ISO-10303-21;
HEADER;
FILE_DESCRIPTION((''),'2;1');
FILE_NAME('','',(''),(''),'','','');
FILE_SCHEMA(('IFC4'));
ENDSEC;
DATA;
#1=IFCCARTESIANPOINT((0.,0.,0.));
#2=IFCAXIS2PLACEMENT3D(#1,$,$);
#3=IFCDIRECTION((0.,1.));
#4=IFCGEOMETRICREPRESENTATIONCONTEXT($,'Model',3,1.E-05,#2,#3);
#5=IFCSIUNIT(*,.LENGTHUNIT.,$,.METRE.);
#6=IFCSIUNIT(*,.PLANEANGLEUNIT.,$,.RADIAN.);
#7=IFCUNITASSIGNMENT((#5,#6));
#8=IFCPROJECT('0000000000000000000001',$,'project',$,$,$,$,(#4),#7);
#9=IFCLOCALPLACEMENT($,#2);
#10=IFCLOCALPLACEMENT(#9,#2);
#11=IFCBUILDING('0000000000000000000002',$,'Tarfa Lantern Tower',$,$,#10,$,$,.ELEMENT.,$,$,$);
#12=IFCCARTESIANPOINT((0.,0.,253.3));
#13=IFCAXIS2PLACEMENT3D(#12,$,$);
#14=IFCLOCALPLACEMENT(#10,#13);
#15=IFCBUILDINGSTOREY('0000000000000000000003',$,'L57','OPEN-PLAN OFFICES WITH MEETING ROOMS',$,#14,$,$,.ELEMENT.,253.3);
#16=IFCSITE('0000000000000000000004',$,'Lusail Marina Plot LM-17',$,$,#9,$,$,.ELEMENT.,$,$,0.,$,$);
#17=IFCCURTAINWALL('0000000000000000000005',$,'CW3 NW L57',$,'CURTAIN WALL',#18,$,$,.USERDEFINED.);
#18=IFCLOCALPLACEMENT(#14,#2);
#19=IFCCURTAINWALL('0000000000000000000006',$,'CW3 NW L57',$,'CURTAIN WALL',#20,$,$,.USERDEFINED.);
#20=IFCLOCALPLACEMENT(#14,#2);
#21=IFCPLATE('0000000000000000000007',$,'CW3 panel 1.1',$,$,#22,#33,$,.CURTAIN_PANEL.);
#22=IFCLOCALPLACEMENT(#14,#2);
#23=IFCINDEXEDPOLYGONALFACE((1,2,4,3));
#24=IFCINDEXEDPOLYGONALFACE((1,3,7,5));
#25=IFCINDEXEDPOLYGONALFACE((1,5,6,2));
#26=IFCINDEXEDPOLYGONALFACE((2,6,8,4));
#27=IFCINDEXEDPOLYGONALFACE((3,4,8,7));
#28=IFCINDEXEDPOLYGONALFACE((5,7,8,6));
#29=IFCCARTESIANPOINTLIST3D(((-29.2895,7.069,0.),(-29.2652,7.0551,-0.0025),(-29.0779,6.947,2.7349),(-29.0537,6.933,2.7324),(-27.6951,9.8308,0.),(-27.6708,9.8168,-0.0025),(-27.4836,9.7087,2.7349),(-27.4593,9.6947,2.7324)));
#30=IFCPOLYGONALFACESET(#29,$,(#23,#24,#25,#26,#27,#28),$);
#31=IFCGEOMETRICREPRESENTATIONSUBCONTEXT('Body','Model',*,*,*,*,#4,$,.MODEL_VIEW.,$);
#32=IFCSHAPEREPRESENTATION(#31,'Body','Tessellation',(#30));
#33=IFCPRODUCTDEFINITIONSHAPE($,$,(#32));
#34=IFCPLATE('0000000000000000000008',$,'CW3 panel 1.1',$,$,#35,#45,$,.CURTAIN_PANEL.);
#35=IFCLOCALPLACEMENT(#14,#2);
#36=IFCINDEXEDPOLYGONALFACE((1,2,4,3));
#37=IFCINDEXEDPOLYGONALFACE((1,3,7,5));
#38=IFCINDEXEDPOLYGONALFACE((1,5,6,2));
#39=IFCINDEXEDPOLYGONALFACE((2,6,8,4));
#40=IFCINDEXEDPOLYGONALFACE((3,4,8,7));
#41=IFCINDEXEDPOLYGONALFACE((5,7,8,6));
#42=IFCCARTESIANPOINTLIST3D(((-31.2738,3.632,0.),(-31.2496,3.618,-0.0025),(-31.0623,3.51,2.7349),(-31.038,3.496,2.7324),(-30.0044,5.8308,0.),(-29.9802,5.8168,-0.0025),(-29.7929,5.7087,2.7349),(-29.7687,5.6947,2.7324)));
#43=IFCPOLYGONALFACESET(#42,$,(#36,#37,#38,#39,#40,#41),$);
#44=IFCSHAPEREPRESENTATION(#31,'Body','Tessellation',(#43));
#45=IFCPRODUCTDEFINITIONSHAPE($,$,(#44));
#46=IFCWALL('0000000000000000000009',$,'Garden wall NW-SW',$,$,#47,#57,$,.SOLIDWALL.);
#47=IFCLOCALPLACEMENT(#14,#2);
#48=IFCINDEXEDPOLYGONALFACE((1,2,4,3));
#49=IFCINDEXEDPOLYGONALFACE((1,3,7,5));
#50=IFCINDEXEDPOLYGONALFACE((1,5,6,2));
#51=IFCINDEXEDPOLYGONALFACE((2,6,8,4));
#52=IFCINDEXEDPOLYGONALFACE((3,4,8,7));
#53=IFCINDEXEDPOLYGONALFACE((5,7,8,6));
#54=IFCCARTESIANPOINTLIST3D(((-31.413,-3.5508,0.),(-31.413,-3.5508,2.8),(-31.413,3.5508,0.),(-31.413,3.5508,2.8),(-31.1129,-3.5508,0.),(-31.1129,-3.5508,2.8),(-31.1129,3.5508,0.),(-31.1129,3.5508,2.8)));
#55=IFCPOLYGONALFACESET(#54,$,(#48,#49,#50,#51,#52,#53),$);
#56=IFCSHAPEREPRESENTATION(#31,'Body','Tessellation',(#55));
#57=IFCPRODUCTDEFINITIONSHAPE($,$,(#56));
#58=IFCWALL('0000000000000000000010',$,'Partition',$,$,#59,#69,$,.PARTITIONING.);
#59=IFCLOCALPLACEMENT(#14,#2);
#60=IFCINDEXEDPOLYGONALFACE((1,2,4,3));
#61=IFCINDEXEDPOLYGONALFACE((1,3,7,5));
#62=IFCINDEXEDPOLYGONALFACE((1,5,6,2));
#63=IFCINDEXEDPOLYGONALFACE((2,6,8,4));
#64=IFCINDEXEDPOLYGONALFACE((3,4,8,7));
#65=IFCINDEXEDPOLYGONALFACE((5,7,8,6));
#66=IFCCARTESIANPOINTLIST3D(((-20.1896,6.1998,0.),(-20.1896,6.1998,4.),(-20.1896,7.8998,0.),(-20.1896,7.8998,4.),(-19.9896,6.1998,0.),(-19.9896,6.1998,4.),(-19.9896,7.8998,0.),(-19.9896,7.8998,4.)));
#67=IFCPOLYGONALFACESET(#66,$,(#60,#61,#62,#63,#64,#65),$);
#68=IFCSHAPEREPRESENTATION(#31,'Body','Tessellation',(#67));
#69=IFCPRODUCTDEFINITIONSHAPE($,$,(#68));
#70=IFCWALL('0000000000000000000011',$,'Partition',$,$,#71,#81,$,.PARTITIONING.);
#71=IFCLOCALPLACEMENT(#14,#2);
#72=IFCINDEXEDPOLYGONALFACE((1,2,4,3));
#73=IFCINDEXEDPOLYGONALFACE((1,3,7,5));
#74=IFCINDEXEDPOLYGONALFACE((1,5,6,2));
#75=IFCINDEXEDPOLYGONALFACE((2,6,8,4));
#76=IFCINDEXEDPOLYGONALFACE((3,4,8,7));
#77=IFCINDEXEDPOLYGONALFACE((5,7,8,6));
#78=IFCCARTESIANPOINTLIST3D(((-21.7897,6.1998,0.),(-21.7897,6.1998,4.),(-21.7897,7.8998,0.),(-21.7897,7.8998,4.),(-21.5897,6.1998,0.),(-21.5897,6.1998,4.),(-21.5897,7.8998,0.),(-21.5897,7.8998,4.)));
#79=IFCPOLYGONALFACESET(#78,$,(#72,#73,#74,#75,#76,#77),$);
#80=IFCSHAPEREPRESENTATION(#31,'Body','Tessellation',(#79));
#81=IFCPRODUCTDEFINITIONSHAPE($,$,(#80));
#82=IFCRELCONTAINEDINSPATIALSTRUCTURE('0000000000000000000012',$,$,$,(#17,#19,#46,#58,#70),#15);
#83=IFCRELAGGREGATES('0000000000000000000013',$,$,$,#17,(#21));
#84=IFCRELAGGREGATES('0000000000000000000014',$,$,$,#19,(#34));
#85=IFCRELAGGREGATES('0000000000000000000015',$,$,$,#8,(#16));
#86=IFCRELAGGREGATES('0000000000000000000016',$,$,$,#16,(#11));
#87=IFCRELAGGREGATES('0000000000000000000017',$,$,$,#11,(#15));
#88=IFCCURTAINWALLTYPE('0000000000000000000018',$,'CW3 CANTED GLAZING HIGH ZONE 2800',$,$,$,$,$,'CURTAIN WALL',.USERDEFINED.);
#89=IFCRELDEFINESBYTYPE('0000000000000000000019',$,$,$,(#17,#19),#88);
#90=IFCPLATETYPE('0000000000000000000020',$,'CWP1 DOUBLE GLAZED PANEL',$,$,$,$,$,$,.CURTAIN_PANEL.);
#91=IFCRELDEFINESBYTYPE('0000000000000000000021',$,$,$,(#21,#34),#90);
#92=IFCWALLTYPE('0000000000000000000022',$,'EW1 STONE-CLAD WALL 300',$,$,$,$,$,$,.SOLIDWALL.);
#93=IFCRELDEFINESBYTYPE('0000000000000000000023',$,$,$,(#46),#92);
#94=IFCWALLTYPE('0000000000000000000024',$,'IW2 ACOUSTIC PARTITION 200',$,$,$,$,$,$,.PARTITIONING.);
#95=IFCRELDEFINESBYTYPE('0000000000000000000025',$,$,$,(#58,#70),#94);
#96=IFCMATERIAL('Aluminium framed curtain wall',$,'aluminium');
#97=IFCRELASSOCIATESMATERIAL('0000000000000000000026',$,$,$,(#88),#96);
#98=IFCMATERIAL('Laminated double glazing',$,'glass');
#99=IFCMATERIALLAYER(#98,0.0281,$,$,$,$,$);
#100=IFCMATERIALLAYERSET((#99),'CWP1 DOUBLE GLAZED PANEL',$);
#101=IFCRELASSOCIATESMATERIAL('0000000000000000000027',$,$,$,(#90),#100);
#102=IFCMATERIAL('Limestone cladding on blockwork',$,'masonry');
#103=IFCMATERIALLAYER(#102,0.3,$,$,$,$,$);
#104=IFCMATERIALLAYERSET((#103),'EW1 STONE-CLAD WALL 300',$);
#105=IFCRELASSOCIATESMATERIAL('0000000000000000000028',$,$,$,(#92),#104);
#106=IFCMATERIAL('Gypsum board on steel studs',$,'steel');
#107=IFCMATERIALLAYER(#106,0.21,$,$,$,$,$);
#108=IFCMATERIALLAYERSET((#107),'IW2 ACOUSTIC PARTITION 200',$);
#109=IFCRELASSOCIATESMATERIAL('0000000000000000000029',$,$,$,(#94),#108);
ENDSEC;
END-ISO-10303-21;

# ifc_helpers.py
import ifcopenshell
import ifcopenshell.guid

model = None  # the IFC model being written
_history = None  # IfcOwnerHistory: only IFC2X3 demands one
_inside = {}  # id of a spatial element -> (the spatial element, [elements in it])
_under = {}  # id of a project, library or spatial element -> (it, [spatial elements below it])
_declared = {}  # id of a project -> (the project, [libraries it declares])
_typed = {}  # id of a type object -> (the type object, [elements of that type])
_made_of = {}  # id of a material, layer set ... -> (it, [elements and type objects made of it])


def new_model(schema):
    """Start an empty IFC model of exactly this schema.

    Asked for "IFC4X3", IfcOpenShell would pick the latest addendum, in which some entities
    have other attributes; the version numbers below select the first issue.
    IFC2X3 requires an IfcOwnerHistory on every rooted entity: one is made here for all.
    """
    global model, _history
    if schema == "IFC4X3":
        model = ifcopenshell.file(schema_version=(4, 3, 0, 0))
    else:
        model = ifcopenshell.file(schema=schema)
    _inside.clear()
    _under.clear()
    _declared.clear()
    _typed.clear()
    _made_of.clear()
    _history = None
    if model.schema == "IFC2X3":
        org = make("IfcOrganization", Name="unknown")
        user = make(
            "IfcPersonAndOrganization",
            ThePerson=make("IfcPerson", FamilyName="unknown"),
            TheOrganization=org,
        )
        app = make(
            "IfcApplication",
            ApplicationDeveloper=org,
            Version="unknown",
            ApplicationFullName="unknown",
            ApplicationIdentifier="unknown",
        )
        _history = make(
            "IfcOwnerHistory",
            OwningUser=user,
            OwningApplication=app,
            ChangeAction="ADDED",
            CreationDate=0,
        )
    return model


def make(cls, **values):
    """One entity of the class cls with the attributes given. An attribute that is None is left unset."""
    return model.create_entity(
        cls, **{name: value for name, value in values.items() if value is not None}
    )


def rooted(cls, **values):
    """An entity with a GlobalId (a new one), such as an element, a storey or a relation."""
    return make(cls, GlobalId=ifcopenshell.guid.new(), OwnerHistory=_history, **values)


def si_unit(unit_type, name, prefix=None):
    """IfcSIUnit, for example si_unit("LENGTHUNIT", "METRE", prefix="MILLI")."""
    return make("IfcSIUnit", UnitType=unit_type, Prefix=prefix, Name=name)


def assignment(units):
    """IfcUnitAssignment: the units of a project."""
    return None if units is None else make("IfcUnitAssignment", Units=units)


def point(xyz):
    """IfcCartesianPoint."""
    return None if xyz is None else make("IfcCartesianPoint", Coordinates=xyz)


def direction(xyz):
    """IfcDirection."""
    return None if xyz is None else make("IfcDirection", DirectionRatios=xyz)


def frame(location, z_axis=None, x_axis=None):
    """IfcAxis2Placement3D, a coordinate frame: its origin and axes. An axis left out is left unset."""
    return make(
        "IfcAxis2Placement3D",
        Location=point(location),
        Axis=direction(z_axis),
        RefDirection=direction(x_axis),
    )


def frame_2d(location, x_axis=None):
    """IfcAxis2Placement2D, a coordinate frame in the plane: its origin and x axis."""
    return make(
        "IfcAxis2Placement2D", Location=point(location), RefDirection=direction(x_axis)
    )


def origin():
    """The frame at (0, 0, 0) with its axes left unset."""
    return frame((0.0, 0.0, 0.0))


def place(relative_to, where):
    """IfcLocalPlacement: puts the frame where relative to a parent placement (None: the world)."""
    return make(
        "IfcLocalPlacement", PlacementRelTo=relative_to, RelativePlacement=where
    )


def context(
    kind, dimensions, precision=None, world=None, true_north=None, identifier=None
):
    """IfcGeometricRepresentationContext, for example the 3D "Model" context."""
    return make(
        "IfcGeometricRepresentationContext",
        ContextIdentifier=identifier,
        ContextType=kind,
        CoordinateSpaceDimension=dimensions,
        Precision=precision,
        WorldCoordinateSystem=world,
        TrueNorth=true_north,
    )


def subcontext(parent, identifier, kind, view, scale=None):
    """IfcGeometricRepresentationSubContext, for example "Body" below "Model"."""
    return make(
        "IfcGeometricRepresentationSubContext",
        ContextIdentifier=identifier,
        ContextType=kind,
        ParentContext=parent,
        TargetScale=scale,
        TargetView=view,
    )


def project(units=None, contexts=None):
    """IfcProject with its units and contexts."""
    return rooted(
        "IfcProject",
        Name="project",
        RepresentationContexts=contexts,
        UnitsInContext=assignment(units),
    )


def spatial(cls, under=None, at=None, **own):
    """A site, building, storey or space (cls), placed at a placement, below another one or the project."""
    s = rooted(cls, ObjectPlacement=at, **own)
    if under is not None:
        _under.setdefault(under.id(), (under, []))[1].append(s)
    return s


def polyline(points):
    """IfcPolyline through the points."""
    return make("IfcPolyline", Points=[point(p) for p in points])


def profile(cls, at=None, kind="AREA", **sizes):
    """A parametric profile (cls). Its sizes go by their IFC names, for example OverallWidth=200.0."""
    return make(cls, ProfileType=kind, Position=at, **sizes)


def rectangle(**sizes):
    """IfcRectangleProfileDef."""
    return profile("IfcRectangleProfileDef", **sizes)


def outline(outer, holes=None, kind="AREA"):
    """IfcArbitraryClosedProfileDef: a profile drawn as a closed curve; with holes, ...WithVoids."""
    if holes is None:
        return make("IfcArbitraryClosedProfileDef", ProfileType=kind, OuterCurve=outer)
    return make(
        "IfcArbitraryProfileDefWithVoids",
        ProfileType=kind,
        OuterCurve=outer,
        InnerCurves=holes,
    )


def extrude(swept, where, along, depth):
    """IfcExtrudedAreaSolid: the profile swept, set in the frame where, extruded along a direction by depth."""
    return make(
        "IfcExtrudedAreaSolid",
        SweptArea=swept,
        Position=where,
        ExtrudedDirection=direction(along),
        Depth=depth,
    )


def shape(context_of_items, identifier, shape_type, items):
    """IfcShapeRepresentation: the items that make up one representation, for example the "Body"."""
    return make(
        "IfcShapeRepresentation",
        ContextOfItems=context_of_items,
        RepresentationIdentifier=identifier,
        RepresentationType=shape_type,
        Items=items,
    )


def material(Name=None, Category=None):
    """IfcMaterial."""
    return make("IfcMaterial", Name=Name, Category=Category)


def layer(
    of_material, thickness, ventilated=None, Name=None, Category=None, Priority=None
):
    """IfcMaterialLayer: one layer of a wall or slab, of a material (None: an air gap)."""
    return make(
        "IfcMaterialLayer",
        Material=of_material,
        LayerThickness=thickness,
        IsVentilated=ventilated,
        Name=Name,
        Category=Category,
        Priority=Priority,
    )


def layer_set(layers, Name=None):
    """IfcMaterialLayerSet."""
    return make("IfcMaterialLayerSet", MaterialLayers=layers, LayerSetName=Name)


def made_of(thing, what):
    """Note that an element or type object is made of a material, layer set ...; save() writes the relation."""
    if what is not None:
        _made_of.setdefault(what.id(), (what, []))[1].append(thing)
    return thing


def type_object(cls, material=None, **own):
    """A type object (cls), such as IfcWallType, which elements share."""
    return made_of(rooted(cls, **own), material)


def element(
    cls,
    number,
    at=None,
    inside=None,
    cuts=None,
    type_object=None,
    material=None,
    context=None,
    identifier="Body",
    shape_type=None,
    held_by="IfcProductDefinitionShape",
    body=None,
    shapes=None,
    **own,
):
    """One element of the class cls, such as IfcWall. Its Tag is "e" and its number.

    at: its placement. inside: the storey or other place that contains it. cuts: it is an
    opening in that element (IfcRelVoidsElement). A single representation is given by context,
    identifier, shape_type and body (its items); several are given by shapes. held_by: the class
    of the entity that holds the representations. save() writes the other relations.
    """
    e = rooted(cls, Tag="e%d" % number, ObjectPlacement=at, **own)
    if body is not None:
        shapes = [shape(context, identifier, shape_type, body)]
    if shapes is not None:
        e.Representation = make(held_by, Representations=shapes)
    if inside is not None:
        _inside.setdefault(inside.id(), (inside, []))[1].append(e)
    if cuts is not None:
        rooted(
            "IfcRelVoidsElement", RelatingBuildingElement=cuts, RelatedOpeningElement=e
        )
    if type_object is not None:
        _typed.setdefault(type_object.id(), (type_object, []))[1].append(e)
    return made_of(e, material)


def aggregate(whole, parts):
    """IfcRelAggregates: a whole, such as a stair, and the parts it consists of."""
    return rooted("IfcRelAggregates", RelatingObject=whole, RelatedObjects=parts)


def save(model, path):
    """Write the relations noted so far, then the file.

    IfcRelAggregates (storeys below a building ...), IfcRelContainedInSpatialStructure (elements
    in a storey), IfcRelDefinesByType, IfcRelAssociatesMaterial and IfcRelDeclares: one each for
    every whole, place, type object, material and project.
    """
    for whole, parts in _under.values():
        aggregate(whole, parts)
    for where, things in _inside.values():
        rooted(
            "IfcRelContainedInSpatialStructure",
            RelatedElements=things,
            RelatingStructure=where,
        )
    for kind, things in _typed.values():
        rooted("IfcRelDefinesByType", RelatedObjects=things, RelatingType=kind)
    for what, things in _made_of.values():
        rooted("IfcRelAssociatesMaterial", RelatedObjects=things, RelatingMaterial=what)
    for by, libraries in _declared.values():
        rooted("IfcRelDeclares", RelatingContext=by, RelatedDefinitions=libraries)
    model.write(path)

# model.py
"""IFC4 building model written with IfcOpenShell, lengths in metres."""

from ifc_helpers import new_model, si_unit, direction, frame, frame_2d, origin, place, context, subcontext, project, spatial, polyline, rectangle, outline, extrude, material, layer, layer_set, type_object, element, aggregate, save


model = new_model("IFC4")

# Units and contexts
model_context = context("Model", 3, precision=1e-05, world=origin(), true_north=direction((0.0, 1.0)))
body_context = subcontext(model_context, "Body", "Model", "MODEL_VIEW")
ifc_project = project(units=[si_unit("LENGTHUNIT", "METRE"), si_unit("PLANEANGLEUNIT", "RADIAN")], contexts=[model_context])

# Site, building, storey
site_placement = place(None, origin())
site = spatial("IfcSite", under=ifc_project, at=site_placement, Name="Lusail Marina Plot LM-17", CompositionType="ELEMENT", RefElevation=0.0)
building_placement = place(site_placement, origin())
building = spatial("IfcBuilding", under=site, at=building_placement, Name="Tarfa Lantern Tower", CompositionType="ELEMENT")
storey_placement = place(building_placement, frame((0.0, 0.0, 253.3)))
storey = spatial("IfcBuildingStorey", under=building, at=storey_placement, Name="L57", Description="OPEN-PLAN OFFICES WITH MEETING ROOMS", CompositionType="ELEMENT", Elevation=253.3)

# Shared definitions
ifc_material_1 = material(Name="Aluminium framed curtain wall", Category="aluminium")
curtain_wall_type = type_object("IfcCurtainWallType", Name="CW3 CANTED GLAZING HIGH ZONE 2800", ElementType="CURTAIN WALL", PredefinedType="USERDEFINED", material=ifc_material_1)

# Curtain walls
curtain_wall_1_placement = place(storey_placement, origin())
curtain_wall_1 = element("IfcCurtainWall", 1, at=curtain_wall_1_placement, inside=storey, type_object=curtain_wall_type, Name="CW3 NW L57", ObjectType="CURTAIN WALL", PredefinedType="USERDEFINED")
curtain_wall_2_placement = place(storey_placement, origin())
curtain_wall_2 = element("IfcCurtainWall", 2, at=curtain_wall_2_placement, inside=storey, type_object=curtain_wall_type, Name="CW3 NW L57", ObjectType="CURTAIN WALL", PredefinedType="USERDEFINED")

# Plates
ifc_material_2 = material(Name="Laminated double glazing", Category="glass")
ifc_layer_1 = layer(ifc_material_2, 0.0281)
ifc_layer_set_1 = layer_set([ifc_layer_1], Name="CWP1 DOUBLE GLAZED PANEL")
plate_type = type_object("IfcPlateType", Name="CWP1 DOUBLE GLAZED PANEL", PredefinedType="CURTAIN_PANEL", material=ifc_layer_set_1)
plate_1_placement = place(storey_placement, frame((-27.6951, 9.8308, 0.0), z_axis=(-0.862608, 0.49799, 0.088952), x_axis=(-0.499972, -0.866041, -0.000003)))
plate_1 = element("IfcPlate", 3, at=plate_1_placement, type_object=plate_type, Name="CW3 panel 1.1", PredefinedType="CURTAIN_PANEL", context=body_context, shape_type="SweptSolid", body=[
    extrude(outline(polyline([(0.0, 0.0), (3.189, 0.0), (3.1888, 2.7458), (0.0, 2.7457), (0.0, 0.0)])), origin(), (0.0, 0.0, -1.0), 0.0281),
])
aggregate(curtain_wall_1, [plate_1])
plate_2_placement = place(storey_placement, frame((-30.0044, 5.8308, 0.0), z_axis=(-0.862597, 0.49801, 0.088952), x_axis=(-0.499992, -0.86603, -0.000004)))
plate_2 = element("IfcPlate", 4, at=plate_2_placement, type_object=plate_type, Name="CW3 panel 1.1", PredefinedType="CURTAIN_PANEL", context=body_context, shape_type="SweptSolid", body=[
    extrude(outline(polyline([(0.0, 0.0), (2.5389, 0.0), (2.5388, 2.7458), (0.0, 2.7457), (0.0, 0.0)])), origin(), (0.0, 0.0, -1.0), 0.0281),
])
aggregate(curtain_wall_2, [plate_2])

# Walls
ifc_material_3 = material(Name="Limestone cladding on blockwork", Category="masonry")
ifc_layer_2 = layer(ifc_material_3, 0.3)
ifc_layer_set_2 = layer_set([ifc_layer_2], Name="EW1 STONE-CLAD WALL 300")
wall_type_1 = type_object("IfcWallType", Name="EW1 STONE-CLAD WALL 300", PredefinedType="SOLIDWALL", material=ifc_layer_set_2)
wall_placement = place(storey_placement, frame((-31.2629, 3.5508, 0.0), z_axis=(0.0, 0.0, 1.0), x_axis=(0.0, -1.0, 0.0)))
element("IfcWall", 5, at=wall_placement, inside=storey, type_object=wall_type_1, Name="Garden wall NW-SW", PredefinedType="SOLIDWALL", context=body_context, shape_type="SweptSolid", body=[
    extrude(rectangle(XDim=7.1016, YDim=0.3, at=frame_2d((3.5508, 0.0))), origin(), (0.0, 0.0, 1.0), 2.8),
])
ifc_material_4 = material(Name="Gypsum board on steel studs", Category="steel")
ifc_layer_3 = layer(ifc_material_4, 0.21)
ifc_layer_set_3 = layer_set([ifc_layer_3], Name="IW2 ACOUSTIC PARTITION 200")
wall_type_2 = type_object("IfcWallType", Name="IW2 ACOUSTIC PARTITION 200", PredefinedType="PARTITIONING", material=ifc_layer_set_3)
for number, where, z_axis, x_axis, name in (
    (6, (-20.0896, 7.8999, 0.0), (0.0, 0.0, 1.0), (0.0, -1.0, 0.0), "Partition"),
    (7, (-21.6897, 7.8999, 0.0), (0.0, 0.0, 1.0), (0.0, -1.0, 0.0), "Partition"),
):
    element("IfcWall", number, at=place(storey_placement, frame(where, z_axis=z_axis, x_axis=x_axis)), inside=storey, type_object=wall_type_2, Name=name, PredefinedType="PARTITIONING", context=body_context, shape_type="SweptSolid", body=[
        extrude(rectangle(XDim=1.7, YDim=0.2, at=frame_2d((0.8501, 0.0))), origin(), (0.0, 0.0, 1.0), 4.0),
    ])

save(model, "model.ifc")
